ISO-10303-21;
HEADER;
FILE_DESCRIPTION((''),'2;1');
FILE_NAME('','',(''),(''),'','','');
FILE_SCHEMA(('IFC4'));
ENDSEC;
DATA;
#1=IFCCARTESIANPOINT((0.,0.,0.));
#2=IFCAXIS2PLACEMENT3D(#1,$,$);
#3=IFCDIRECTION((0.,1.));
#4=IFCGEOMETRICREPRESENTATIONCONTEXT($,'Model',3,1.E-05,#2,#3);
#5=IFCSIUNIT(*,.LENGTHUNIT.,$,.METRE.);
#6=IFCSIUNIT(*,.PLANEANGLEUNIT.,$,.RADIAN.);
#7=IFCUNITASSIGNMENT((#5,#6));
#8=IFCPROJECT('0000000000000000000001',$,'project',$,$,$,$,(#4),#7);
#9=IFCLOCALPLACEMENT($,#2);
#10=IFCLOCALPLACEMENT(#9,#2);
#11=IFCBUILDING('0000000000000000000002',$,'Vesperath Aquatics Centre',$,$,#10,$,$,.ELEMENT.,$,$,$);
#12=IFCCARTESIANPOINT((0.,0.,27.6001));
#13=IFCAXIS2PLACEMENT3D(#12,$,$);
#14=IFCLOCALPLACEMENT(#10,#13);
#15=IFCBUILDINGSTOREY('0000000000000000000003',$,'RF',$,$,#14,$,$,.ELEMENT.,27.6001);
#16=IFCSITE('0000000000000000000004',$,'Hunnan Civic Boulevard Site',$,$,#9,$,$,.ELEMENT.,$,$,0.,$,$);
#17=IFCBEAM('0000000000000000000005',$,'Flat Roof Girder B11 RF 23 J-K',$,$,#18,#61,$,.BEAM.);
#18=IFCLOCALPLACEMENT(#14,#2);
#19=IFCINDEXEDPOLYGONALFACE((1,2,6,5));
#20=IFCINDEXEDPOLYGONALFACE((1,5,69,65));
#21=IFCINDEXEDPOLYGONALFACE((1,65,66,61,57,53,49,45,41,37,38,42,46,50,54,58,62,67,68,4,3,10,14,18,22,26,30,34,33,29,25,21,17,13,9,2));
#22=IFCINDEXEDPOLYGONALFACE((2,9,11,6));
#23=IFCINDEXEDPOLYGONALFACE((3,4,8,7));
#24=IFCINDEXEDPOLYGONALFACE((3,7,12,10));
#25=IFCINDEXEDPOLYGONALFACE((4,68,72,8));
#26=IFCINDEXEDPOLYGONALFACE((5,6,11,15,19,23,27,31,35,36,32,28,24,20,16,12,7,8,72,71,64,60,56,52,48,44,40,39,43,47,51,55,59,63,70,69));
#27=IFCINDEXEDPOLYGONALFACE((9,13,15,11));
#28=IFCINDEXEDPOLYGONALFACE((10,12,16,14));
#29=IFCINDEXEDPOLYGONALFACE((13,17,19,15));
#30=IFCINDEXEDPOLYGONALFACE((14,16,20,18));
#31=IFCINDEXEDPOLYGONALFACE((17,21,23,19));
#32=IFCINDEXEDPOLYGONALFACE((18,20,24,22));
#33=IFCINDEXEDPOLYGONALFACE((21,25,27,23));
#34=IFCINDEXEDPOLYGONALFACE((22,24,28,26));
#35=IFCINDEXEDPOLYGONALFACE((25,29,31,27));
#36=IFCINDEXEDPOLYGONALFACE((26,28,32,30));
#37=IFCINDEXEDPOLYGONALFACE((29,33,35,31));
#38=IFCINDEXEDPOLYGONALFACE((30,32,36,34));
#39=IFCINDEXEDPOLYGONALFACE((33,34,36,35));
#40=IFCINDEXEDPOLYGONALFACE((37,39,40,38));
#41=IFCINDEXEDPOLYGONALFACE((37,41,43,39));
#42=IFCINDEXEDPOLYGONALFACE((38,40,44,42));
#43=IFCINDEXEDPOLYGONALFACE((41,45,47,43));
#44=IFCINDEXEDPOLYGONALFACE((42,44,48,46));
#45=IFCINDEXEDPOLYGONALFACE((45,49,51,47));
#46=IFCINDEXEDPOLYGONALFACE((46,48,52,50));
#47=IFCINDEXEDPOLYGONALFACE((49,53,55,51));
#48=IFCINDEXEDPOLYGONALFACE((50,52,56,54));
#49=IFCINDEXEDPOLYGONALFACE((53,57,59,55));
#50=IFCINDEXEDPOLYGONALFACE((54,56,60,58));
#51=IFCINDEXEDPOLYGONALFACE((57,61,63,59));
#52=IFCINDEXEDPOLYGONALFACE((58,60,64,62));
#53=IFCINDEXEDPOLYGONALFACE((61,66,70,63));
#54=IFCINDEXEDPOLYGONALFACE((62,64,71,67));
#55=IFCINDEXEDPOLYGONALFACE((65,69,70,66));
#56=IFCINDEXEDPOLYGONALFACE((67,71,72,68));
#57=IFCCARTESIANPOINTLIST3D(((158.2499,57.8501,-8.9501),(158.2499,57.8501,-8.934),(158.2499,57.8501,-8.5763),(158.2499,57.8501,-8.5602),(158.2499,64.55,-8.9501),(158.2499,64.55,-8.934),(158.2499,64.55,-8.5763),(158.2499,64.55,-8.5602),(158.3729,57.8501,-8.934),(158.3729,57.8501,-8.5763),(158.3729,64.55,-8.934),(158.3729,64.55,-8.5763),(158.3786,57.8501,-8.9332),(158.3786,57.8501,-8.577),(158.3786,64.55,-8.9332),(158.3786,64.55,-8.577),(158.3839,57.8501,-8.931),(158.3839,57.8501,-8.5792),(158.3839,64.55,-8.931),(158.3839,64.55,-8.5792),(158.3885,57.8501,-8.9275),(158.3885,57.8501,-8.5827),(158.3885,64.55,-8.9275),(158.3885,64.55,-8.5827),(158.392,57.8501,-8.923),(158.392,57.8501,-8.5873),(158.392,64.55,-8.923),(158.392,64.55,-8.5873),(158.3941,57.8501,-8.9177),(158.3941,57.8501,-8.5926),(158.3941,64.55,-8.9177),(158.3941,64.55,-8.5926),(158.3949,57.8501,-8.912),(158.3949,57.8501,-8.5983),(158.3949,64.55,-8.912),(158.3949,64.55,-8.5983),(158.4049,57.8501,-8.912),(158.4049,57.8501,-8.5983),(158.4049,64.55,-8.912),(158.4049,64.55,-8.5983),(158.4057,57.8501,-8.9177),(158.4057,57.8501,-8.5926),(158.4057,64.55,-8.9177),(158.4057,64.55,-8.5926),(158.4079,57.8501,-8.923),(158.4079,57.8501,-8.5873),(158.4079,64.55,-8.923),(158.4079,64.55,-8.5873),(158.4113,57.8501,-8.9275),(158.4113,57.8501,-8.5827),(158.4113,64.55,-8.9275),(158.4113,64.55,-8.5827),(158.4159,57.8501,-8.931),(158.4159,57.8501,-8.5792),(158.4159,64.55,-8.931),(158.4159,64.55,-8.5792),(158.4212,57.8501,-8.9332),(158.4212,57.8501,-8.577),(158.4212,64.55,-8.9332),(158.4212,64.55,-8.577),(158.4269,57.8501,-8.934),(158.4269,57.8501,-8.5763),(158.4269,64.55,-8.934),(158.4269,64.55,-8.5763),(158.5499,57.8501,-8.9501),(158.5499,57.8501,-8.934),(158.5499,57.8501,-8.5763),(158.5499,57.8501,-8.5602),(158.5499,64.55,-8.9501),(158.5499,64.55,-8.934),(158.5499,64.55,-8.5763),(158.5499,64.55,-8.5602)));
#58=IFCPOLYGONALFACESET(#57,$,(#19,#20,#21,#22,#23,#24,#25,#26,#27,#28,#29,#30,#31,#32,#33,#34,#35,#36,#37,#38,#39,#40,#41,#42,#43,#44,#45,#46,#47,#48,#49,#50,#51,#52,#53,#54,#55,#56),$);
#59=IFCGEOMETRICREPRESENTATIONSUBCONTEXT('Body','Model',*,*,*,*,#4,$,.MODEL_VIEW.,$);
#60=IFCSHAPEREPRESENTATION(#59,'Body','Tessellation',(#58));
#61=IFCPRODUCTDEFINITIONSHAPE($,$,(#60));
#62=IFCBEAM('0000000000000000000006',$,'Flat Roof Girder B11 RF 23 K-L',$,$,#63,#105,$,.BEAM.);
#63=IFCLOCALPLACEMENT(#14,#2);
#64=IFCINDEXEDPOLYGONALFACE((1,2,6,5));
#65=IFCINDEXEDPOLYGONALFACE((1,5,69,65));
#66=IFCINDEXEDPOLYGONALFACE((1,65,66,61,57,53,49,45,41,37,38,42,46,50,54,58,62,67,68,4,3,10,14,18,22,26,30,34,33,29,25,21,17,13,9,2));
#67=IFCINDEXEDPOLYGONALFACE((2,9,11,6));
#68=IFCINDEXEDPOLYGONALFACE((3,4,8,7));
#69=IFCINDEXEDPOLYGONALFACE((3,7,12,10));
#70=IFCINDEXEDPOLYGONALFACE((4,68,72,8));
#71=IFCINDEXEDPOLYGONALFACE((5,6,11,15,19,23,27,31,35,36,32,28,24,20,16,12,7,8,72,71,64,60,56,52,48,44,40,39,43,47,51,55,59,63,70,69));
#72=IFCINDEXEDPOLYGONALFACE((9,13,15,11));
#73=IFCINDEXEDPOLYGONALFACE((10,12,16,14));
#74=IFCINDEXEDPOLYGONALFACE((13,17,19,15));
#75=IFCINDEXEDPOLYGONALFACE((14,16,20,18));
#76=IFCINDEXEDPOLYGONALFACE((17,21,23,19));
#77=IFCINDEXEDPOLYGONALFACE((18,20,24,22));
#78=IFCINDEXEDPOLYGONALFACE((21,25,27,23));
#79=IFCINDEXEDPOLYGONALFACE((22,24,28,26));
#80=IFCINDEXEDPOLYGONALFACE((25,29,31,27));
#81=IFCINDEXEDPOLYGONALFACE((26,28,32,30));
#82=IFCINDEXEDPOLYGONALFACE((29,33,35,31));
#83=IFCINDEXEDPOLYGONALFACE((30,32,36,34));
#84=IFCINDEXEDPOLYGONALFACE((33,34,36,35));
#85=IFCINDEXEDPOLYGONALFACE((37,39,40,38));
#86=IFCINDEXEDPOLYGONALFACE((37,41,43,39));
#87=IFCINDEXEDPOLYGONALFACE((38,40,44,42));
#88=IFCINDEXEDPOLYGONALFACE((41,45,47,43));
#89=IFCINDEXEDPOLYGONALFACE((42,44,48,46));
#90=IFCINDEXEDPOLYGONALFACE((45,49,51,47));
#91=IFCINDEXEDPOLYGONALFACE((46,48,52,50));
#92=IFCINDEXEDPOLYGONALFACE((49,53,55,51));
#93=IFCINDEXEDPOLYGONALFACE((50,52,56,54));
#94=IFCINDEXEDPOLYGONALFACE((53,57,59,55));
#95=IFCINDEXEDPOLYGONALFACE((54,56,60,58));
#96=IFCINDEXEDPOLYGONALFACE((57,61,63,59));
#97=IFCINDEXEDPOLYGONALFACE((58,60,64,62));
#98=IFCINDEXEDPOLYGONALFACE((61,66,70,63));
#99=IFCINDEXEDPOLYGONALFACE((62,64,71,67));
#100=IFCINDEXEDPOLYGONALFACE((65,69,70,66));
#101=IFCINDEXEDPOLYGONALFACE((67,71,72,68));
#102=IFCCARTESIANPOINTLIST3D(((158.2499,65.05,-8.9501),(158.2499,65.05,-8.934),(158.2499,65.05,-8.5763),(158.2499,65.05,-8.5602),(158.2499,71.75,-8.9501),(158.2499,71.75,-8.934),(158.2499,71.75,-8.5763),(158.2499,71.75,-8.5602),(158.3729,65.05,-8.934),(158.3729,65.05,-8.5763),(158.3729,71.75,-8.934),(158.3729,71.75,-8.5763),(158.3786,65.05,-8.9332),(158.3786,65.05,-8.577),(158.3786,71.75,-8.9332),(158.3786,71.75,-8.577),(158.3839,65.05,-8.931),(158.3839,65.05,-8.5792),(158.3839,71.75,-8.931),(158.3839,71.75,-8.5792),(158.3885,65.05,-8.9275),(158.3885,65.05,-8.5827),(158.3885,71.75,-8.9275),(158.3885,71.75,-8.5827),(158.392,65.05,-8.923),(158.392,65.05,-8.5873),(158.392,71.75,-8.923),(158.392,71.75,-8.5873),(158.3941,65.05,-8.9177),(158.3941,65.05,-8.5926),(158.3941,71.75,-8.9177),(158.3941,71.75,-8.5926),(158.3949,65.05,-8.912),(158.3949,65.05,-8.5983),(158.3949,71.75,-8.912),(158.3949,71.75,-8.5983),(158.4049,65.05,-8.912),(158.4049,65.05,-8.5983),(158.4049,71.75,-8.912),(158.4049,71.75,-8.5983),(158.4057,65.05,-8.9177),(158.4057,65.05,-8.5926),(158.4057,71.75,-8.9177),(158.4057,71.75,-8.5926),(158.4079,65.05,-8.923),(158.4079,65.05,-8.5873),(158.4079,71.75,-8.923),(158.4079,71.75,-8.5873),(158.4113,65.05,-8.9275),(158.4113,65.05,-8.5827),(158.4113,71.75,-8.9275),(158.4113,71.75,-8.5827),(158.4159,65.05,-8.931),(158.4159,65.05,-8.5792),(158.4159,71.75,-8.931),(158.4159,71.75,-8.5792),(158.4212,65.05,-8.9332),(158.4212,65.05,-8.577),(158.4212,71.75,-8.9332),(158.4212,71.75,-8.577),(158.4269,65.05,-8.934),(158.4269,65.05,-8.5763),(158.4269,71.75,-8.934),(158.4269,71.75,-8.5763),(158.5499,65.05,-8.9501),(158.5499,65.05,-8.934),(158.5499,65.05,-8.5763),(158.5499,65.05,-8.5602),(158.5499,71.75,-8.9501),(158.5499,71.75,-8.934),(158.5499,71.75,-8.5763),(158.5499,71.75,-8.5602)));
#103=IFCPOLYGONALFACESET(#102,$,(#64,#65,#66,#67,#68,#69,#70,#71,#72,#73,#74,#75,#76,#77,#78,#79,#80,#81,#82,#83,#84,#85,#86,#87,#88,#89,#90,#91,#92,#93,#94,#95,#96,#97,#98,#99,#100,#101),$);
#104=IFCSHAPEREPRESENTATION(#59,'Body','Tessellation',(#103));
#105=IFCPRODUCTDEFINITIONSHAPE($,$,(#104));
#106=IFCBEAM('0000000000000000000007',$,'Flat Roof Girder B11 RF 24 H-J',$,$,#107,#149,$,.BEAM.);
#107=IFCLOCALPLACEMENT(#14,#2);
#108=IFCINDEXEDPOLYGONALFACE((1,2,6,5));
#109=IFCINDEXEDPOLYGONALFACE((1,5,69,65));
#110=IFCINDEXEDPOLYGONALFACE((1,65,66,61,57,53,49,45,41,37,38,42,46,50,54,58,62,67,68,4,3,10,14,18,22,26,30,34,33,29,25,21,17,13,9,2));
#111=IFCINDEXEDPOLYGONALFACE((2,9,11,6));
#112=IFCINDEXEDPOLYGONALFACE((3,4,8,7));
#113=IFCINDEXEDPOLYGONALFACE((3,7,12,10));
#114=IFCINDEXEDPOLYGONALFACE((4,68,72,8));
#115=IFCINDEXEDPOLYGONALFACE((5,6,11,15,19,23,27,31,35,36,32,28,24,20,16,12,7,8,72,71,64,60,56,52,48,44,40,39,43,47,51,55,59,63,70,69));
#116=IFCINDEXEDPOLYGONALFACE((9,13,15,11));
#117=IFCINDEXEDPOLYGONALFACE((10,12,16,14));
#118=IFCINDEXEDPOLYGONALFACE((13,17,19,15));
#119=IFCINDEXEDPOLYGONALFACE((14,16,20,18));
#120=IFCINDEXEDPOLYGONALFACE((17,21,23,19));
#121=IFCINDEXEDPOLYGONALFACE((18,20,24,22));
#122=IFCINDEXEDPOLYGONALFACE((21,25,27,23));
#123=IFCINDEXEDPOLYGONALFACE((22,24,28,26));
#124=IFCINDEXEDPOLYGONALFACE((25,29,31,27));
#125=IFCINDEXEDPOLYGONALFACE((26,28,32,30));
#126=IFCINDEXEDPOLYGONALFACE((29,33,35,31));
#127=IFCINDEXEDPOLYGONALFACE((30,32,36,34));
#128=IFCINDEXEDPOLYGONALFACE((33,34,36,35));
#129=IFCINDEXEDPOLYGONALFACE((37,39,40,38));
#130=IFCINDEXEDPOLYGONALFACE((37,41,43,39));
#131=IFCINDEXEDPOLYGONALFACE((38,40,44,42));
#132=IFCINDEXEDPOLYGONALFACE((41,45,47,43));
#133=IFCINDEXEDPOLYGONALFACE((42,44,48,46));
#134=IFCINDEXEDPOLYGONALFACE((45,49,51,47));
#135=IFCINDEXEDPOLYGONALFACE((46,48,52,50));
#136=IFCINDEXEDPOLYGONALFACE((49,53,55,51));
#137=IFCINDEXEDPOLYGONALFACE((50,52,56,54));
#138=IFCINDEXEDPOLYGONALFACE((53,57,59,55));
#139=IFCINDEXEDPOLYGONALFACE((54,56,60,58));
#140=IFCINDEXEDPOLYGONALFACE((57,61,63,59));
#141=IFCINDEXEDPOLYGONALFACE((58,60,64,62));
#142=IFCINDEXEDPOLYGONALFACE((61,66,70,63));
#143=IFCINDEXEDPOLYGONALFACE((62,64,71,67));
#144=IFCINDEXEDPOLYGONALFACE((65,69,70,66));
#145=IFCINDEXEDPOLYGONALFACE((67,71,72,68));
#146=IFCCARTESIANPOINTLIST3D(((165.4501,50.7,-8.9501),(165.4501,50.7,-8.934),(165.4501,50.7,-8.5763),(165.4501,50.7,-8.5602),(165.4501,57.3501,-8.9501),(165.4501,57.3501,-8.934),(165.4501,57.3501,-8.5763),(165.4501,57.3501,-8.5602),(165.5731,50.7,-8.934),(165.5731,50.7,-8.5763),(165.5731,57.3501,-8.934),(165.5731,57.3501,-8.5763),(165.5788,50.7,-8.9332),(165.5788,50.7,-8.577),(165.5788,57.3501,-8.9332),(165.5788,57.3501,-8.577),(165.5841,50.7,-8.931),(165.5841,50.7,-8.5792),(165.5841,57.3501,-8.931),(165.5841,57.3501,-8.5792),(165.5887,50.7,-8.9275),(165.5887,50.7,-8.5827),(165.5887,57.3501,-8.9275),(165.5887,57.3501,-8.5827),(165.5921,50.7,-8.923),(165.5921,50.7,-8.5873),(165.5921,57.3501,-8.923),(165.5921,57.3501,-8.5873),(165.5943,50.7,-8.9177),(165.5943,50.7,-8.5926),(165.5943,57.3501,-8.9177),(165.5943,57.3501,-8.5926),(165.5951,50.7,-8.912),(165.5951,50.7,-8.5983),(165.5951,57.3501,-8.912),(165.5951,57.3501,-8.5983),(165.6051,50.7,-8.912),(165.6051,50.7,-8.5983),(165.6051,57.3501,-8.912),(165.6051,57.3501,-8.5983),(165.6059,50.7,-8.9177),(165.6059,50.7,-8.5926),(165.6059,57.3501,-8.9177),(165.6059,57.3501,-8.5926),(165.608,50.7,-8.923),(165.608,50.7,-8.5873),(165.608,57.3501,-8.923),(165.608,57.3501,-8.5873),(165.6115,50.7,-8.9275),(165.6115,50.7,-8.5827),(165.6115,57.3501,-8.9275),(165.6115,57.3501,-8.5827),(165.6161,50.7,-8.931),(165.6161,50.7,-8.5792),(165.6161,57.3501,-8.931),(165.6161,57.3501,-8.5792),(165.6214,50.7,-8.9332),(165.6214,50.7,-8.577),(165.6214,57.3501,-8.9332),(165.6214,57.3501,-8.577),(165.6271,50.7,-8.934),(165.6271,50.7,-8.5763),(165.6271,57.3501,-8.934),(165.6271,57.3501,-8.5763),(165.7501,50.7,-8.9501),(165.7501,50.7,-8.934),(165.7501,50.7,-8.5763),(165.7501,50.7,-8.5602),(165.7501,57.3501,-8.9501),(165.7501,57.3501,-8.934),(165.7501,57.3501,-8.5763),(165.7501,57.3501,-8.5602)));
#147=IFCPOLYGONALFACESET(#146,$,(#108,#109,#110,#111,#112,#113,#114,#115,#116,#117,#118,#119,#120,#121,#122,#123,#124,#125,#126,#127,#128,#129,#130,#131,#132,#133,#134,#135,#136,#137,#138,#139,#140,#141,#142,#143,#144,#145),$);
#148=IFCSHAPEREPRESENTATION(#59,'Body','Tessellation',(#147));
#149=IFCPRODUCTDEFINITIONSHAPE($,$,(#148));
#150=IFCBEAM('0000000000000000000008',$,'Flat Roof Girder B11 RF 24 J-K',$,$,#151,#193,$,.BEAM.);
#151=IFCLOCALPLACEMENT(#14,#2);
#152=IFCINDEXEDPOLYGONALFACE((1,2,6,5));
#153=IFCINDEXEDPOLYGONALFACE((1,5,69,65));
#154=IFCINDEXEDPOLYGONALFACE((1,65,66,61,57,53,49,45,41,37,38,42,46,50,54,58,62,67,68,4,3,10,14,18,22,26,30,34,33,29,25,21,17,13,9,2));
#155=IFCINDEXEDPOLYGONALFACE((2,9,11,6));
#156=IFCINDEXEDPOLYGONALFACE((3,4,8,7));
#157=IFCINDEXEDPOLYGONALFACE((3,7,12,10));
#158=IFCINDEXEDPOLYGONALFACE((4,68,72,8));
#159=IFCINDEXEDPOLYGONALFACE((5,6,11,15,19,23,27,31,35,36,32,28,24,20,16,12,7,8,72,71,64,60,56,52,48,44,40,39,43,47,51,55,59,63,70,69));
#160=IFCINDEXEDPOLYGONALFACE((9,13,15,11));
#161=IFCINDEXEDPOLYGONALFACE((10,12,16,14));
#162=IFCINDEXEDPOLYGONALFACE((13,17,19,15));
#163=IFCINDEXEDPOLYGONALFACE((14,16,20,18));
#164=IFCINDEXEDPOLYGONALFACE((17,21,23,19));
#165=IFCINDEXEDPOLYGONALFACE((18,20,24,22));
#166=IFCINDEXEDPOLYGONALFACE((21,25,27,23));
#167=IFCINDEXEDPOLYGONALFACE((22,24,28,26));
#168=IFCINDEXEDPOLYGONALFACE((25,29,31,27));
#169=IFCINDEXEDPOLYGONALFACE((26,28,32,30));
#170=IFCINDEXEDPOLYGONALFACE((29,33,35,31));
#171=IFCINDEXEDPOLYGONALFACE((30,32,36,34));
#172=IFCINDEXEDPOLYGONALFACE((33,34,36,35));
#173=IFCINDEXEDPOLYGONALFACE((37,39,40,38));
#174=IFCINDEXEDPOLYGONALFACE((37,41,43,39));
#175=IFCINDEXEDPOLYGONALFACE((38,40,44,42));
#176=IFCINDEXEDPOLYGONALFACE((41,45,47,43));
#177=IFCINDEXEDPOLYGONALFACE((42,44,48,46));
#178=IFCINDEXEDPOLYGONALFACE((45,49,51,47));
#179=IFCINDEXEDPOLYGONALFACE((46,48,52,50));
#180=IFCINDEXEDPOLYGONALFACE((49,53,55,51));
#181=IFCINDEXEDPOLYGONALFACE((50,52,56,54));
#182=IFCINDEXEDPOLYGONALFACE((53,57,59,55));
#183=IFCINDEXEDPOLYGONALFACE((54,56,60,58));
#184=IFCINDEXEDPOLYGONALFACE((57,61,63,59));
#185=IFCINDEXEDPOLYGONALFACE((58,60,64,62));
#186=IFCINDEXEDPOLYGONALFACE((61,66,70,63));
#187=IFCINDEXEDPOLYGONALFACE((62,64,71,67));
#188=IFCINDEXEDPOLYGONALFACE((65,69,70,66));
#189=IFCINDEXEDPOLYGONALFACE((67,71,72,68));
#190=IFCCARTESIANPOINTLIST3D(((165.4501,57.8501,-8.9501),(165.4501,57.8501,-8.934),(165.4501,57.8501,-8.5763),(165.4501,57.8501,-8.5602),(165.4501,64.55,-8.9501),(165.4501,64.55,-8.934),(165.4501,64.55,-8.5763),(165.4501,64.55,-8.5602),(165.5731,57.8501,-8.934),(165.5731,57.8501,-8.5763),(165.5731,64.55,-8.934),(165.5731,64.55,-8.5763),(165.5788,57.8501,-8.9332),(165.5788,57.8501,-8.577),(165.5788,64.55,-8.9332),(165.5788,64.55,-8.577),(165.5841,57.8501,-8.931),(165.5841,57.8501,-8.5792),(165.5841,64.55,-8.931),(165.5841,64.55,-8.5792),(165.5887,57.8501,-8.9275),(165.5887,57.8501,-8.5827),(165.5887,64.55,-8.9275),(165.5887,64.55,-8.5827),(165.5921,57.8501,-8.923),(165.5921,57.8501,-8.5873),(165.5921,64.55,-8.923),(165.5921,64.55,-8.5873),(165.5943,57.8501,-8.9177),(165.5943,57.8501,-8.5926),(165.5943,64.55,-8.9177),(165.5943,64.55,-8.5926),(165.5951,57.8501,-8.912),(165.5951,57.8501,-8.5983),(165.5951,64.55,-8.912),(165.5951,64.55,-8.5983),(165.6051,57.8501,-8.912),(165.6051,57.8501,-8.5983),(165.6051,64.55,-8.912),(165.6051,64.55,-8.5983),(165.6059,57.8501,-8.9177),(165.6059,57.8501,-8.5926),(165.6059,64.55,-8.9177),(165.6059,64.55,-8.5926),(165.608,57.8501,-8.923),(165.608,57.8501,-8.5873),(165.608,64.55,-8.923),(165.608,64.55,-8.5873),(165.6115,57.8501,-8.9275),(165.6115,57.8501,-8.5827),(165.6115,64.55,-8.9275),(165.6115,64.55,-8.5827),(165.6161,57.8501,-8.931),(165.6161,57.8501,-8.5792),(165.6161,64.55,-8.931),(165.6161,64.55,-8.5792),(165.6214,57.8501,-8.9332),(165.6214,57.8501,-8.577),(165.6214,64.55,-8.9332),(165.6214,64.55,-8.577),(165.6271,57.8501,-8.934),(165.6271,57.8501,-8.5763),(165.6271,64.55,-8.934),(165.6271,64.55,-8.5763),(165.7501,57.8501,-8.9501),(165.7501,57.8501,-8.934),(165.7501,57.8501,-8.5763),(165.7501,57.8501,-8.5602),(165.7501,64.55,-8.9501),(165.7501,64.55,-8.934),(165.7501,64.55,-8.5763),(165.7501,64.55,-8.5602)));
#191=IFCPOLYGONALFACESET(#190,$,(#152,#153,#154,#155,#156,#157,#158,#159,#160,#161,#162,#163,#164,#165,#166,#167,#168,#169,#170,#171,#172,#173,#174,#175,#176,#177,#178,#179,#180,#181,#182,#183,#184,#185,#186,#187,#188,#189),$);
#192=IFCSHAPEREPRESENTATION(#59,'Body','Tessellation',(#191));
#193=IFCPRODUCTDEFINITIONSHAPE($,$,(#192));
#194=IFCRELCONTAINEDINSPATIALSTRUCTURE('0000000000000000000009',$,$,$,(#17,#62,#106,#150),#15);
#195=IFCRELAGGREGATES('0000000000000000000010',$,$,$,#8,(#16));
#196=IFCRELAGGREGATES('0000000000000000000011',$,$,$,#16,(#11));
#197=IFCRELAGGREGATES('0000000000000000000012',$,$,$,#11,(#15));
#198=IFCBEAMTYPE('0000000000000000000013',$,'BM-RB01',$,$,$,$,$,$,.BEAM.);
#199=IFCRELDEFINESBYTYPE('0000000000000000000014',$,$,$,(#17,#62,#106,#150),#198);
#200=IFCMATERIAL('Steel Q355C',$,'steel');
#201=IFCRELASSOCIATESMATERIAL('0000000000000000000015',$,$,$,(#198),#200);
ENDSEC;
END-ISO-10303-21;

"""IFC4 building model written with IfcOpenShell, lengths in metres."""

from ifc_helpers import new_model, si_unit, direction, frame, origin, origin_2d, place, context, subcontext, project, spatial, i_section, extrude, material, material_profile, profile_set, type_object, element, save


model = new_model("IFC4")

# Units and contexts
model_context = context("Model", 3, precision=1e-05, world=origin(), true_north=direction((0.0, 1.0)))
body_context = subcontext(model_context, "Body", "Model", "MODEL_VIEW")
ifc_project = project(units=[si_unit("LENGTHUNIT", "METRE"), si_unit("PLANEANGLEUNIT", "RADIAN")], contexts=[model_context])

# Site, building, storey
site_placement = place(None, origin())
site = spatial("IfcSite", under=ifc_project, at=site_placement, Name="Hunnan Civic Boulevard Site", CompositionType="ELEMENT", RefElevation=0.0)
building_placement = place(site_placement, origin())
building = spatial("IfcBuilding", under=site, at=building_placement, Name="Vesperath Aquatics Centre", CompositionType="ELEMENT")
storey_placement = place(building_placement, frame((0.0, 0.0, 27.6001)))
storey = spatial("IfcBuildingStorey", under=building, at=storey_placement, Name="RF", CompositionType="ELEMENT", Elevation=27.6001)

# Beams
ifc_material = material(Name="Steel Q355C", Category="steel")
ifc_material_profile = material_profile(ifc_material, i_section(OverallWidth=0.3, OverallDepth=0.3899, WebThickness=0.01, FlangeThickness=0.0161, FilletRadius=0.022, at=origin_2d()), Name="HM 390x300x10x16")
ifc_profile_set = profile_set([ifc_material_profile], Name="Steel Q355C")
beam_type = type_object("IfcBeamType", Name="BM-RB01", PredefinedType="BEAM", material=ifc_profile_set)
for number, where, z_axis, x_axis, name in (
    (1, (158.3999, 57.8501, -8.7551), (0.0, 1.0, 0.0), (-1.0, 0.0, 0.0), "Flat Roof Girder B11 RF 23 J-K"),
    (2, (158.3999, 65.05, -8.7551), (0.0, 1.0, 0.0), (-1.0, 0.0, 0.0), "Flat Roof Girder B11 RF 23 K-L"),
):
    element("IfcBeam", number, at=place(storey_placement, frame(where, z_axis=z_axis, x_axis=x_axis)), inside=storey, type_object=beam_type, Name=name, PredefinedType="BEAM", context=body_context, shape_type="SweptSolid", body=[
        extrude(i_section(OverallWidth=0.3, OverallDepth=0.3899, WebThickness=0.01, FlangeThickness=0.0161, FilletRadius=0.022, at=origin_2d()), origin(), (0.0, 0.0, 1.0), 6.7),
    ])
beam_1_placement = place(storey_placement, frame((165.6001, 50.7, -8.7551), z_axis=(0.0, 1.0, 0.0), x_axis=(-1.0, 0.0, 0.0)))
element("IfcBeam", 3, at=beam_1_placement, inside=storey, type_object=beam_type, Name="Flat Roof Girder B11 RF 24 H-J", PredefinedType="BEAM", context=body_context, shape_type="SweptSolid", body=[
    extrude(i_section(OverallWidth=0.3, OverallDepth=0.3899, WebThickness=0.01, FlangeThickness=0.0161, FilletRadius=0.022, at=origin_2d()), origin(), (0.0, 0.0, 1.0), 6.6501),
])
for number, where, z_axis, x_axis, name in (
    (4, (165.6001, 57.8501, -8.7551), (0.0, 1.0, 0.0), (-1.0, 0.0, 0.0), "Flat Roof Girder B11 RF 24 J-K"),
):
    element("IfcBeam", number, at=place(storey_placement, frame(where, z_axis=z_axis, x_axis=x_axis)), inside=storey, type_object=beam_type, Name=name, PredefinedType="BEAM", context=body_context, shape_type="SweptSolid", body=[
        extrude(i_section(OverallWidth=0.3, OverallDepth=0.3899, WebThickness=0.01, FlangeThickness=0.0161, FilletRadius=0.022, at=origin_2d()), origin(), (0.0, 0.0, 1.0), 6.7),
    ])

save(model, "model.ifc")
